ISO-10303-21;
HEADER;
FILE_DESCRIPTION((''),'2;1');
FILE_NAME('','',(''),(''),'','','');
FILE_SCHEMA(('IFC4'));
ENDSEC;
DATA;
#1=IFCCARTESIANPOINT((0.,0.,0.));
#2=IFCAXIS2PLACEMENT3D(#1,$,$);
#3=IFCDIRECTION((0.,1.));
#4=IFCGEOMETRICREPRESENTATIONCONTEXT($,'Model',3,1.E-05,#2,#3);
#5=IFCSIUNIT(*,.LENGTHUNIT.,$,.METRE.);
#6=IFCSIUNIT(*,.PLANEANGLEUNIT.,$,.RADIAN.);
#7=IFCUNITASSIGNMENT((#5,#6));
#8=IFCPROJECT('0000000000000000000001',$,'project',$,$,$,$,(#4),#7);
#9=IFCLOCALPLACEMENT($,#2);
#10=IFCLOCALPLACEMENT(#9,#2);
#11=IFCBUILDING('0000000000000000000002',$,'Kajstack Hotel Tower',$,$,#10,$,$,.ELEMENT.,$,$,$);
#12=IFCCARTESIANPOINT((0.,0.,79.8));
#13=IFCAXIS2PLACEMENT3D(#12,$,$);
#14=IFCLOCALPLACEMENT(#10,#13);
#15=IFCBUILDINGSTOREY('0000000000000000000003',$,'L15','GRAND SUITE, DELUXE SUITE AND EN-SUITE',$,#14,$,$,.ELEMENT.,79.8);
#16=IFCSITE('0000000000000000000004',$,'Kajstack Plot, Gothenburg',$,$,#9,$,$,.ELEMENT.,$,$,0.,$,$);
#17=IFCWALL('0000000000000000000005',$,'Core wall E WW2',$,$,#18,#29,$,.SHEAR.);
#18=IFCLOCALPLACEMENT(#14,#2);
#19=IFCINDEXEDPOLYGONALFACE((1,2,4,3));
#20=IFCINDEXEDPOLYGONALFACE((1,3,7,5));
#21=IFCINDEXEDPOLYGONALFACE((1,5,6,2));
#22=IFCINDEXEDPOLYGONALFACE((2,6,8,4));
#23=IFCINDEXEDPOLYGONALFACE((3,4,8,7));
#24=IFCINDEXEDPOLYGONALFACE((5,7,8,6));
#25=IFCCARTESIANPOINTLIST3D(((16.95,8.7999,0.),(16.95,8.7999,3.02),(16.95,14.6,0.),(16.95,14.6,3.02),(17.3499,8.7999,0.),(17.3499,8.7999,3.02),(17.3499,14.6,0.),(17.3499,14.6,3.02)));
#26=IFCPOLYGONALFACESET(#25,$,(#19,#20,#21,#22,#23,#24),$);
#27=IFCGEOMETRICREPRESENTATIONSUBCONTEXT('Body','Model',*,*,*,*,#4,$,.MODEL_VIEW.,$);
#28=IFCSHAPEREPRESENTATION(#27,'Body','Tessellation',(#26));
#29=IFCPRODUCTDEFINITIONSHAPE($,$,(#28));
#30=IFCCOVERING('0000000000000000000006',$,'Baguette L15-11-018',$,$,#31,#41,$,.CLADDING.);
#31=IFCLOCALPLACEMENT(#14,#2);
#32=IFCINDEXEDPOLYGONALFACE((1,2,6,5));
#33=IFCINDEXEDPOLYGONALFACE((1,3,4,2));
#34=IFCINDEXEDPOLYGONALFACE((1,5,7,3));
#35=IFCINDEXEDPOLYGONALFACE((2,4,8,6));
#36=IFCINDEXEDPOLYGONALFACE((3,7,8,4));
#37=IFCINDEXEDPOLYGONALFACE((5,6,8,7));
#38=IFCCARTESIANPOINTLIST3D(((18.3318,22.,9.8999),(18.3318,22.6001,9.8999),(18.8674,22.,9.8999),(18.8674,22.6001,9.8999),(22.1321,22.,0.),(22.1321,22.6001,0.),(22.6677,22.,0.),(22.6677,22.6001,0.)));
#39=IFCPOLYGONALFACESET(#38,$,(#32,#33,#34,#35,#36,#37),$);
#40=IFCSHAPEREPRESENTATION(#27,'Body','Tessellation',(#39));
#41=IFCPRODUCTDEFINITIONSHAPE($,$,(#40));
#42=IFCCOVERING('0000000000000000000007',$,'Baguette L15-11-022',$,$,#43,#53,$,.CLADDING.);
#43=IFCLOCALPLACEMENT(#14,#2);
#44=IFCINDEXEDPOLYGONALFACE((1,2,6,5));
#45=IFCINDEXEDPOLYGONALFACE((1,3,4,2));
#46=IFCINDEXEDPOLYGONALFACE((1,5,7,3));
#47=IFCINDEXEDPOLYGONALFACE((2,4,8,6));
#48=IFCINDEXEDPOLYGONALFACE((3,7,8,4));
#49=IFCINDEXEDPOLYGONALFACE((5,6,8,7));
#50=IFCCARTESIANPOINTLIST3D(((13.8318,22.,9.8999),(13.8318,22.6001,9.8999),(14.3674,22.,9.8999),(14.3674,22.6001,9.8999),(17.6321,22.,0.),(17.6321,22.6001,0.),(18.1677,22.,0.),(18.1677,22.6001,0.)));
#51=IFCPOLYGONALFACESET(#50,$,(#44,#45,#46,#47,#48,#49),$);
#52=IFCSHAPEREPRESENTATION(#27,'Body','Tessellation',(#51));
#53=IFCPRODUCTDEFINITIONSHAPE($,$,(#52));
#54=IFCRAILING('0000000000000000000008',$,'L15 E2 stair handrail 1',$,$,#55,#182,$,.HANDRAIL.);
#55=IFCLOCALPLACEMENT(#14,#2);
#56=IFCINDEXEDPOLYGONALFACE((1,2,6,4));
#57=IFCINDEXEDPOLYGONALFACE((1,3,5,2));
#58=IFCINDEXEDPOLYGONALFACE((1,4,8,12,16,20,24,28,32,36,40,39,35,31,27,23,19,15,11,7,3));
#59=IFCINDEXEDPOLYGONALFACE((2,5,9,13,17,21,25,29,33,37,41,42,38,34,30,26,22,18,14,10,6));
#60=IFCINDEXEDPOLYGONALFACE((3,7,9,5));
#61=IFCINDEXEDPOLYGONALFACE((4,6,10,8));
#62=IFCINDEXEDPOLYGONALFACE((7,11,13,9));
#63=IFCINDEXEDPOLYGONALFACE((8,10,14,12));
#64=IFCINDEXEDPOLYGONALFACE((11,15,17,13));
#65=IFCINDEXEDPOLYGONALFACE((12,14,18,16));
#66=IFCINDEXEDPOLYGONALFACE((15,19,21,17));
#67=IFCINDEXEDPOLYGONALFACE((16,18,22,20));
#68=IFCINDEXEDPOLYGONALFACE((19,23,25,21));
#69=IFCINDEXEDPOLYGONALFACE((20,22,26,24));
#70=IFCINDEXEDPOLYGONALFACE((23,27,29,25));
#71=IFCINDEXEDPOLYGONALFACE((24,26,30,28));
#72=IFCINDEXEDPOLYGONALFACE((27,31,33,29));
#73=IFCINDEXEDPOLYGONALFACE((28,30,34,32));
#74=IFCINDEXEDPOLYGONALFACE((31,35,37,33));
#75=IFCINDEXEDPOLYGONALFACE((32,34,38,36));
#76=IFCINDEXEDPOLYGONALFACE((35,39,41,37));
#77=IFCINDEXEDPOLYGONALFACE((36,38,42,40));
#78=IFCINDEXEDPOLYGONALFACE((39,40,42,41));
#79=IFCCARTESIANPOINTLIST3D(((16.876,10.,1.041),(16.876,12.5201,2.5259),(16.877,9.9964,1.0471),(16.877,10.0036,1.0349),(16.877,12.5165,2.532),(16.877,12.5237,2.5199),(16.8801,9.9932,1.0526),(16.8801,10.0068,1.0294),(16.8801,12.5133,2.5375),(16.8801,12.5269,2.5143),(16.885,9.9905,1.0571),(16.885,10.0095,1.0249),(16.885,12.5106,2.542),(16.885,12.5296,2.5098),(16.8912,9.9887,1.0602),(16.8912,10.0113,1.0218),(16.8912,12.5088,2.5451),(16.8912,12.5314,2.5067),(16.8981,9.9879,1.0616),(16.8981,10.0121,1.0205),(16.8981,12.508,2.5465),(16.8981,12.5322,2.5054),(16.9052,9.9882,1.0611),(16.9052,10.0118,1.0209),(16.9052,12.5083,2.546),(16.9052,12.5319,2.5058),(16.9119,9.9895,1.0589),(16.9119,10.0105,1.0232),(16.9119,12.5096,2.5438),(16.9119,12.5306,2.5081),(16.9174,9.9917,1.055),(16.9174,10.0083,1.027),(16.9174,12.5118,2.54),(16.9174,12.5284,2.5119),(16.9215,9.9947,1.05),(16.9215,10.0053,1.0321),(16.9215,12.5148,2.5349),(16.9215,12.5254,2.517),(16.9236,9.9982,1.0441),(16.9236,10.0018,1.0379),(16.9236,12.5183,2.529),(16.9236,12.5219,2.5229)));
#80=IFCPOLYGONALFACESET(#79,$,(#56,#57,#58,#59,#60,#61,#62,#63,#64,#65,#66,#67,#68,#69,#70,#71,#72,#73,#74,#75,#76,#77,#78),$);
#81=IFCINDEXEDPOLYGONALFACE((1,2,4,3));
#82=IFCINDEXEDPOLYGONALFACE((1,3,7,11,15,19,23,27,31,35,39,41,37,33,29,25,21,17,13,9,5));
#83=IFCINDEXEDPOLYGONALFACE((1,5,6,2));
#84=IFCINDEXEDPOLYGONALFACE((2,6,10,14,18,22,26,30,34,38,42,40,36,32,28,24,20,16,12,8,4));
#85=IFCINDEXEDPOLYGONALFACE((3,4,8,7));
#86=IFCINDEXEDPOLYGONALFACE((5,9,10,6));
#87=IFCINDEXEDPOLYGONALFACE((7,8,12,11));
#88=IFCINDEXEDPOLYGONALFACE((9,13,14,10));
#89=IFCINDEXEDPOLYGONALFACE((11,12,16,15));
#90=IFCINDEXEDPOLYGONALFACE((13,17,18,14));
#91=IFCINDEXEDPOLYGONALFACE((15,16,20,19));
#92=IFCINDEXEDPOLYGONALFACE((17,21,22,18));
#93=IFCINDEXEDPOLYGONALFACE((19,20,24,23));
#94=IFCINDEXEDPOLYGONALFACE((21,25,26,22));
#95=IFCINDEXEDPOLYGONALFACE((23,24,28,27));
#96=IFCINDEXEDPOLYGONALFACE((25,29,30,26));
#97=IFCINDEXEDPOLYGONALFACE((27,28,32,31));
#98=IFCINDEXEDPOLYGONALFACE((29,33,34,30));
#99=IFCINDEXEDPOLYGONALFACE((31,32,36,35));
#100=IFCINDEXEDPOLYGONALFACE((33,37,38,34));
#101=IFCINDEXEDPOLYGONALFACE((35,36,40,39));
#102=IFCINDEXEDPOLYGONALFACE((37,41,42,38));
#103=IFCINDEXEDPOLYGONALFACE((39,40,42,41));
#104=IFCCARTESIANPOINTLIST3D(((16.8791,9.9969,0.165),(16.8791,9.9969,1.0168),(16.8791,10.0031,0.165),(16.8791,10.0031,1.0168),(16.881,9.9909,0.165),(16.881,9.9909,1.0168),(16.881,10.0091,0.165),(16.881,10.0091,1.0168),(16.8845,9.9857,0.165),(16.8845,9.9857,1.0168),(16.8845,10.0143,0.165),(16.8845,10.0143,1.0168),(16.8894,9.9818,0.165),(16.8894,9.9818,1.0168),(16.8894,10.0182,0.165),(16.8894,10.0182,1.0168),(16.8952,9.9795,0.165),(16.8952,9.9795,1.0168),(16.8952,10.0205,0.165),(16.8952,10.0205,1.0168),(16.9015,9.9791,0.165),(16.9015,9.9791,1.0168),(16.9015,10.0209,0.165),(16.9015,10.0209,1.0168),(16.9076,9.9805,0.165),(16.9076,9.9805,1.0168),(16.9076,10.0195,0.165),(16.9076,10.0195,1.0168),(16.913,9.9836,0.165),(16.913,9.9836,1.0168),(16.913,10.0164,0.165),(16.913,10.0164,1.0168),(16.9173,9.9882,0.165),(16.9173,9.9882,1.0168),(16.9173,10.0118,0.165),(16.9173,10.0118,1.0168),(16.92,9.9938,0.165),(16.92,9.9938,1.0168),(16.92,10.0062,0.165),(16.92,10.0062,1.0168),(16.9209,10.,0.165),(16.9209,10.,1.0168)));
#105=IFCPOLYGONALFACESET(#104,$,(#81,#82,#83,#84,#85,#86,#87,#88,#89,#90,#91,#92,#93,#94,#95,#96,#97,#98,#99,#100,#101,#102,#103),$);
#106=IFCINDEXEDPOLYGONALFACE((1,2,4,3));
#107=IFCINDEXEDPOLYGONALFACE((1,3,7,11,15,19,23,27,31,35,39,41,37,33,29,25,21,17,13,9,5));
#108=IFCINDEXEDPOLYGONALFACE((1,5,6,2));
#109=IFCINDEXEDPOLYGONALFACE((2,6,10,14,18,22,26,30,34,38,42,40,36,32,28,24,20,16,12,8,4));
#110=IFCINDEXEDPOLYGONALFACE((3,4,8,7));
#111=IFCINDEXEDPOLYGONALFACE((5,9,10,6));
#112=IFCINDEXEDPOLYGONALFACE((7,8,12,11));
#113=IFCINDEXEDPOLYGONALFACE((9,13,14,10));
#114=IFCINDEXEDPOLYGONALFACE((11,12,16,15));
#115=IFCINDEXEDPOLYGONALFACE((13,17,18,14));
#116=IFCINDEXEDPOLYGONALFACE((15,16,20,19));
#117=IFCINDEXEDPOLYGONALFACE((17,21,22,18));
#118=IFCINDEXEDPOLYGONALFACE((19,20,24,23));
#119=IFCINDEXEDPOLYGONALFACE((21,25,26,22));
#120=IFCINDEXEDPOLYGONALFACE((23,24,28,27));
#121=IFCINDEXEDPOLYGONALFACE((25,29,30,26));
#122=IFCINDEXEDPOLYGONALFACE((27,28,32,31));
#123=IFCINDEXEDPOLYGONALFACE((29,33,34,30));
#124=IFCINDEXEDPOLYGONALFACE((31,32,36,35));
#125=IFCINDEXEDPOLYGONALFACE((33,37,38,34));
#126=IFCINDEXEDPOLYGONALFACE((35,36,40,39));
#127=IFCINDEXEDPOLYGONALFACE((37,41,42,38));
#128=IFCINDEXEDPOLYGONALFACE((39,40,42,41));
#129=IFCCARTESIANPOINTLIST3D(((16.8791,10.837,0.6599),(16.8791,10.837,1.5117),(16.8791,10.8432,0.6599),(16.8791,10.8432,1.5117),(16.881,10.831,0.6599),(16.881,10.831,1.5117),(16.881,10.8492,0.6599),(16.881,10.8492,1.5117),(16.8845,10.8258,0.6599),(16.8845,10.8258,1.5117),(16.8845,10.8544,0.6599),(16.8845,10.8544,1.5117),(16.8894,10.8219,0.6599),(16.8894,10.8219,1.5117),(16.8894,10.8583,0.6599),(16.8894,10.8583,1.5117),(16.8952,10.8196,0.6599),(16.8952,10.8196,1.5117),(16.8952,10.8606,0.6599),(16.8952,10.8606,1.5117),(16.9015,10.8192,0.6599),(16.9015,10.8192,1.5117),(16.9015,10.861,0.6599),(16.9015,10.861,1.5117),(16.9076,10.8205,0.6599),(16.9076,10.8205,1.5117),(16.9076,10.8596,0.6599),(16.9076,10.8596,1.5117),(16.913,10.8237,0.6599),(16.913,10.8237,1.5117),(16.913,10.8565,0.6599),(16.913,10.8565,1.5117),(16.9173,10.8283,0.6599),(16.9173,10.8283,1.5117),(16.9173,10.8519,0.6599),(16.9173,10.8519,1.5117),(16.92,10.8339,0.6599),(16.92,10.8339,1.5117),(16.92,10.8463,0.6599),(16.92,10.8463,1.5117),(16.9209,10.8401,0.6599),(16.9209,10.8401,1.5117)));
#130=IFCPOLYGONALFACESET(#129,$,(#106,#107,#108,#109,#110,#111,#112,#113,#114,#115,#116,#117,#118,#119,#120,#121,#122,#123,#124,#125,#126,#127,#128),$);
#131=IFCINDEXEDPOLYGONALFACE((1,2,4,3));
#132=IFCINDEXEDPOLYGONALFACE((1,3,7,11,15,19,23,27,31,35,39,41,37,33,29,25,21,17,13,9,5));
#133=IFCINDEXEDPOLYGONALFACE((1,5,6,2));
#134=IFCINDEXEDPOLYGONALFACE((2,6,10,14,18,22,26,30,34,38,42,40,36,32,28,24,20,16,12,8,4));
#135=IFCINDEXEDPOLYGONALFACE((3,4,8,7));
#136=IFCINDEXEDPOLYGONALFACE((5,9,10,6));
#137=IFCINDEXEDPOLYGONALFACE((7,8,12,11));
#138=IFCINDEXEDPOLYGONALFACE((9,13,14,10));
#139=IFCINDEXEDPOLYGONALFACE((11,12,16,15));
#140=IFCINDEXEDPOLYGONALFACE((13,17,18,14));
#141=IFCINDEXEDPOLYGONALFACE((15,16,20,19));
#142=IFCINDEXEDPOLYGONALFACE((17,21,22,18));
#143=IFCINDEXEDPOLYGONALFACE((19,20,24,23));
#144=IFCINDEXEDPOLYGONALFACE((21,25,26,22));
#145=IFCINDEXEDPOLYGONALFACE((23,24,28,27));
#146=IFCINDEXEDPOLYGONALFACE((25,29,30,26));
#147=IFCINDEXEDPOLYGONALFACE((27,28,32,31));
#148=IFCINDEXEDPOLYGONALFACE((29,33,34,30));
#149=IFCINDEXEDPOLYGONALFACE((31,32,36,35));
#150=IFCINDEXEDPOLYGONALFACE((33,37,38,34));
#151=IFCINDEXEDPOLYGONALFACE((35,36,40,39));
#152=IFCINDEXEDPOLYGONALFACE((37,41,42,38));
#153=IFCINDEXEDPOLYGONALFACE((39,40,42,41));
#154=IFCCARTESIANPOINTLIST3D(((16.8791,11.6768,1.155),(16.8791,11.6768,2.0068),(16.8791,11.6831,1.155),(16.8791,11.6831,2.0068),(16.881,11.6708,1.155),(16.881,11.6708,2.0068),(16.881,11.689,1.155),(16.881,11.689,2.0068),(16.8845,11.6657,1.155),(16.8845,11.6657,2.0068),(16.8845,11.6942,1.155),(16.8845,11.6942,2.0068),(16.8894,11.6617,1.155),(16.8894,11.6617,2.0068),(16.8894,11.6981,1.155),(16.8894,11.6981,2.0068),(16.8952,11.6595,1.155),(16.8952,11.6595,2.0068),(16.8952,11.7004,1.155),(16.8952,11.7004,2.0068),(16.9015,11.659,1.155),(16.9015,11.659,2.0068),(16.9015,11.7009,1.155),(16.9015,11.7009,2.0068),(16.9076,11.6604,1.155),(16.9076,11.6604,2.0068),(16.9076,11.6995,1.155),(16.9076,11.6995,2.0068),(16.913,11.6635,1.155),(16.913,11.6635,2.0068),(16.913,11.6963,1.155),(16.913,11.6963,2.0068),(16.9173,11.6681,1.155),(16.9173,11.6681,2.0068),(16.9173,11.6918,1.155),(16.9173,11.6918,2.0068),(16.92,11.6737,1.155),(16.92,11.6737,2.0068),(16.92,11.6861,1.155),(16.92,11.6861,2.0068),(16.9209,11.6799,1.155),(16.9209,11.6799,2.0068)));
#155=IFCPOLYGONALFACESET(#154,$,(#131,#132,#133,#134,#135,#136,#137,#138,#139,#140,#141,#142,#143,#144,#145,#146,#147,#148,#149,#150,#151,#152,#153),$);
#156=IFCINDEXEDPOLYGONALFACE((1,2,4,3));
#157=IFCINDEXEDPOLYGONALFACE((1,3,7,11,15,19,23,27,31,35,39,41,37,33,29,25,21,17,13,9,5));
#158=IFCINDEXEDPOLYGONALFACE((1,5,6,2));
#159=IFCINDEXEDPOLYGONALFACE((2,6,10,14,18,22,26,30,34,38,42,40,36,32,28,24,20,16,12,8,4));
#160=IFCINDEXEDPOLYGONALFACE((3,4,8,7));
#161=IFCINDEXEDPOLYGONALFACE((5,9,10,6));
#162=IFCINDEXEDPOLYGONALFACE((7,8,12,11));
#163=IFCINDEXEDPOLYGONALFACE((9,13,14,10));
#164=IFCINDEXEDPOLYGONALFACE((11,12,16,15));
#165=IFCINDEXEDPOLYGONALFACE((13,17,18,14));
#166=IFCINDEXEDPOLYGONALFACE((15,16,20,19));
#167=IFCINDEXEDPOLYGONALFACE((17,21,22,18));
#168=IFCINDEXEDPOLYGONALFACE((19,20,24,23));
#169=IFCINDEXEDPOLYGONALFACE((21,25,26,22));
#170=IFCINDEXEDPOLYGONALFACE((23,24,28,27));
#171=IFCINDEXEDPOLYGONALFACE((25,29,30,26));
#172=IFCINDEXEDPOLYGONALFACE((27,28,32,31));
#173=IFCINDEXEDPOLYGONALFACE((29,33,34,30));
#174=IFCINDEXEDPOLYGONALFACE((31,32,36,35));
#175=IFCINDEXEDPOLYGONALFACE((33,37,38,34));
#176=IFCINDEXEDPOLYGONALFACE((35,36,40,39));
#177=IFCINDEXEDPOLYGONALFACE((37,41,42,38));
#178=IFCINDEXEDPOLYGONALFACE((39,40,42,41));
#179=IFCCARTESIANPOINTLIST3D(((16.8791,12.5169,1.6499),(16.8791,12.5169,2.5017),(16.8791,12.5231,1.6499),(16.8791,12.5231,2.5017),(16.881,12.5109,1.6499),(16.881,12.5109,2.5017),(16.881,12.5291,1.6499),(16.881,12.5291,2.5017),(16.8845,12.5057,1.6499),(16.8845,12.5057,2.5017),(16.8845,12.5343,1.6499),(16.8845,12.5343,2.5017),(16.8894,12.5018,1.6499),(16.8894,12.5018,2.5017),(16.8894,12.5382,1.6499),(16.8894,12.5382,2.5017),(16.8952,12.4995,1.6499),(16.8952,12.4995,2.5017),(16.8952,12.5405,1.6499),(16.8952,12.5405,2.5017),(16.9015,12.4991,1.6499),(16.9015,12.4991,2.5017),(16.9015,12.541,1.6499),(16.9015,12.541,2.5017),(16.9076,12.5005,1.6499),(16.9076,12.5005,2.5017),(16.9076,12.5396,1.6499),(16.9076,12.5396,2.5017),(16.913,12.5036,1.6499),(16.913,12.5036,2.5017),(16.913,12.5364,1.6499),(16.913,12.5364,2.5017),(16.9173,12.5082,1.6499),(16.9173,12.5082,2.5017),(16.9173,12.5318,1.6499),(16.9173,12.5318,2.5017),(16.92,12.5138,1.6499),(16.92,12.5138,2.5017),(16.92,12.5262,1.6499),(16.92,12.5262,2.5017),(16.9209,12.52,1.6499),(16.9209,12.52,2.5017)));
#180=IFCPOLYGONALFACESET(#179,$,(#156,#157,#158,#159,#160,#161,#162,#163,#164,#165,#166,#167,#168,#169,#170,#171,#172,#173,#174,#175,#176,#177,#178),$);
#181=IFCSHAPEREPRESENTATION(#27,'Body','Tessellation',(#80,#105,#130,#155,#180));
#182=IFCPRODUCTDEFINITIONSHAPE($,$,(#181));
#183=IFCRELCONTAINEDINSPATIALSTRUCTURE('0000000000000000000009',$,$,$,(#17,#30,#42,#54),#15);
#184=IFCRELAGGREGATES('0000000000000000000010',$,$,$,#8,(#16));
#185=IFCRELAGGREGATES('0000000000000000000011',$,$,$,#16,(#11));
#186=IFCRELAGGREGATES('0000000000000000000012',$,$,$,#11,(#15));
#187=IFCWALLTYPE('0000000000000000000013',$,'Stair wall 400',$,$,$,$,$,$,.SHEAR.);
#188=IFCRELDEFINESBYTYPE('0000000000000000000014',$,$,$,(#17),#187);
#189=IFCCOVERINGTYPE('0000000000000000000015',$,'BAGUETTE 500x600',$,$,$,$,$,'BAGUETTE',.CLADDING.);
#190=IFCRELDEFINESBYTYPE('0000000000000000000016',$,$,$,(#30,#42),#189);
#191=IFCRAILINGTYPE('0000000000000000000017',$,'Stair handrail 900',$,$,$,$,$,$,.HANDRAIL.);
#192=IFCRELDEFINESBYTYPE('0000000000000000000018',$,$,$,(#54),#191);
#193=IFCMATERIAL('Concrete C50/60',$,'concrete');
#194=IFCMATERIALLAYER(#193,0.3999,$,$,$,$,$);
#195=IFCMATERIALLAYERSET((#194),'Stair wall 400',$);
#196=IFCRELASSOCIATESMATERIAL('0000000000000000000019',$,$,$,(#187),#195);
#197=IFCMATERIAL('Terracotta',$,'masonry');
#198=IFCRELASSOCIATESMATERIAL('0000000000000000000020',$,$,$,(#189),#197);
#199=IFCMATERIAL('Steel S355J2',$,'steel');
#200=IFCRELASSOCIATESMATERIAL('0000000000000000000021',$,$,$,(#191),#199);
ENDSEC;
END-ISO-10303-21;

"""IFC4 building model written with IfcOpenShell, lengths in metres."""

from ifc_helpers import new_model, si_unit, direction, frame, frame_2d, origin, origin_2d, place, context, subcontext, project, spatial, polyline, rectangle, circle, outline, extrude, material, layer, layer_set, material_profile, profile_set, type_object, element, save


model = new_model("IFC4")

# Units and contexts
model_context = context("Model", 3, precision=1e-05, world=origin(), true_north=direction((0.0, 1.0)))
body_context = subcontext(model_context, "Body", "Model", "MODEL_VIEW")
ifc_project = project(units=[si_unit("LENGTHUNIT", "METRE"), si_unit("PLANEANGLEUNIT", "RADIAN")], contexts=[model_context])

# Site, building, storey
site_placement = place(None, origin())
site = spatial("IfcSite", under=ifc_project, at=site_placement, Name="Kajstack Plot, Gothenburg", CompositionType="ELEMENT", RefElevation=0.0)
building_placement = place(site_placement, origin())
building = spatial("IfcBuilding", under=site, at=building_placement, Name="Kajstack Hotel Tower", CompositionType="ELEMENT")
storey_placement = place(building_placement, frame((0.0, 0.0, 79.8)))
storey = spatial("IfcBuildingStorey", under=building, at=storey_placement, Name="L15", Description="GRAND SUITE, DELUXE SUITE AND EN-SUITE", CompositionType="ELEMENT", Elevation=79.8)

# Shared definitions
ifc_material_1 = material(Name="Concrete C50/60", Category="concrete")

# Wall
ifc_layer_1 = layer(ifc_material_1, 0.3999)
ifc_layer_set_1 = layer_set([ifc_layer_1], Name="Stair wall 400")
wall_type_1 = type_object("IfcWallType", Name="Stair wall 400", PredefinedType="SHEAR", material=ifc_layer_set_1)
wall_1_placement = place(storey_placement, frame((17.1499, 8.8, 0.0), z_axis=(0.0, 0.0, 1.0), x_axis=(0.0, 1.0, 0.0)))
element("IfcWall", 1, at=wall_1_placement, inside=storey, type_object=wall_type_1, Name="Core wall E WW2", PredefinedType="SHEAR", context=body_context, shape_type="SweptSolid", body=[
    extrude(rectangle(XDim=5.8, YDim=0.3999, at=frame_2d((2.8999, 0.0))), origin(), (0.0, 0.0, 1.0), 3.02),
])

# Coverings
ifc_material_2 = material(Name="Terracotta", Category="masonry")
ifc_material_profile = material_profile(ifc_material_2, rectangle(XDim=0.6001, YDim=0.5, at=origin_2d()), Name="Terracotta-clad concrete baguette 500 x 600")
ifc_profile_set = profile_set([ifc_material_profile], Name="Terracotta")
covering_type = type_object("IfcCoveringType", Name="BAGUETTE 500x600", ElementType="BAGUETTE", PredefinedType="CLADDING", material=ifc_profile_set)
for number, where, z_axis, x_axis, name in (
    (2, (22.6677, 22.0, 0.0), (0.0, 1.0, 0.0), (-1.0, 0.0, 0.0), "Baguette L15-11-018"),
    (3, (18.1677, 22.0, 0.0), (0.0, 1.0, 0.0), (-1.0, 0.0, 0.0), "Baguette L15-11-022"),
):
    element("IfcCovering", number, at=place(storey_placement, frame(where, z_axis=z_axis, x_axis=x_axis)), inside=storey, type_object=covering_type, Name=name, PredefinedType="CLADDING", context=body_context, shape_type="SweptSolid", body=[
        extrude(outline(polyline([(3.8003, 9.8999), (0.0, 0.0), (0.5356, 0.0), (4.3359, 9.8999), (3.8003, 9.8999)])), origin(), (0.0, 0.0, 1.0), 0.6001),
    ])

# Railing
ifc_material_3 = material(Name="Steel S355J2", Category="steel")
railing_type_1 = type_object("IfcRailingType", Name="Stair handrail 900", PredefinedType="HANDRAIL", material=ifc_material_3)
railing_1_placement = place(storey_placement, frame((16.8999, 10.0, 0.165)))
element("IfcRailing", 4, at=railing_1_placement, inside=storey, type_object=railing_type_1, Name="L15 E2 stair handrail 1", PredefinedType="HANDRAIL", context=body_context, shape_type="SweptSolid", body=[
    extrude(circle(Radius=0.0239, at=origin_2d()), frame((0.0, 0.0, 0.876), z_axis=(0.0, 0.861561, 0.507655), x_axis=(-1.0, 0.0, 0.0)), (0.0, 0.0, 1.0), 2.925),
    extrude(circle(Radius=0.021, at=origin_2d()), origin(), (0.0, 0.0, 1.0), 0.8518),
    extrude(circle(Radius=0.021, at=origin_2d()), frame((0.0, 0.8401, 0.4949)), (0.0, 0.0, 1.0), 0.8518),
    extrude(circle(Radius=0.021, at=origin_2d()), frame((0.0, 1.6799, 0.99)), (0.0, 0.0, 1.0), 0.8518),
    extrude(circle(Radius=0.021, at=origin_2d()), frame((0.0, 2.52, 1.4849)), (0.0, 0.0, 1.0), 0.8518),
])

save(model, "model.ifc")
